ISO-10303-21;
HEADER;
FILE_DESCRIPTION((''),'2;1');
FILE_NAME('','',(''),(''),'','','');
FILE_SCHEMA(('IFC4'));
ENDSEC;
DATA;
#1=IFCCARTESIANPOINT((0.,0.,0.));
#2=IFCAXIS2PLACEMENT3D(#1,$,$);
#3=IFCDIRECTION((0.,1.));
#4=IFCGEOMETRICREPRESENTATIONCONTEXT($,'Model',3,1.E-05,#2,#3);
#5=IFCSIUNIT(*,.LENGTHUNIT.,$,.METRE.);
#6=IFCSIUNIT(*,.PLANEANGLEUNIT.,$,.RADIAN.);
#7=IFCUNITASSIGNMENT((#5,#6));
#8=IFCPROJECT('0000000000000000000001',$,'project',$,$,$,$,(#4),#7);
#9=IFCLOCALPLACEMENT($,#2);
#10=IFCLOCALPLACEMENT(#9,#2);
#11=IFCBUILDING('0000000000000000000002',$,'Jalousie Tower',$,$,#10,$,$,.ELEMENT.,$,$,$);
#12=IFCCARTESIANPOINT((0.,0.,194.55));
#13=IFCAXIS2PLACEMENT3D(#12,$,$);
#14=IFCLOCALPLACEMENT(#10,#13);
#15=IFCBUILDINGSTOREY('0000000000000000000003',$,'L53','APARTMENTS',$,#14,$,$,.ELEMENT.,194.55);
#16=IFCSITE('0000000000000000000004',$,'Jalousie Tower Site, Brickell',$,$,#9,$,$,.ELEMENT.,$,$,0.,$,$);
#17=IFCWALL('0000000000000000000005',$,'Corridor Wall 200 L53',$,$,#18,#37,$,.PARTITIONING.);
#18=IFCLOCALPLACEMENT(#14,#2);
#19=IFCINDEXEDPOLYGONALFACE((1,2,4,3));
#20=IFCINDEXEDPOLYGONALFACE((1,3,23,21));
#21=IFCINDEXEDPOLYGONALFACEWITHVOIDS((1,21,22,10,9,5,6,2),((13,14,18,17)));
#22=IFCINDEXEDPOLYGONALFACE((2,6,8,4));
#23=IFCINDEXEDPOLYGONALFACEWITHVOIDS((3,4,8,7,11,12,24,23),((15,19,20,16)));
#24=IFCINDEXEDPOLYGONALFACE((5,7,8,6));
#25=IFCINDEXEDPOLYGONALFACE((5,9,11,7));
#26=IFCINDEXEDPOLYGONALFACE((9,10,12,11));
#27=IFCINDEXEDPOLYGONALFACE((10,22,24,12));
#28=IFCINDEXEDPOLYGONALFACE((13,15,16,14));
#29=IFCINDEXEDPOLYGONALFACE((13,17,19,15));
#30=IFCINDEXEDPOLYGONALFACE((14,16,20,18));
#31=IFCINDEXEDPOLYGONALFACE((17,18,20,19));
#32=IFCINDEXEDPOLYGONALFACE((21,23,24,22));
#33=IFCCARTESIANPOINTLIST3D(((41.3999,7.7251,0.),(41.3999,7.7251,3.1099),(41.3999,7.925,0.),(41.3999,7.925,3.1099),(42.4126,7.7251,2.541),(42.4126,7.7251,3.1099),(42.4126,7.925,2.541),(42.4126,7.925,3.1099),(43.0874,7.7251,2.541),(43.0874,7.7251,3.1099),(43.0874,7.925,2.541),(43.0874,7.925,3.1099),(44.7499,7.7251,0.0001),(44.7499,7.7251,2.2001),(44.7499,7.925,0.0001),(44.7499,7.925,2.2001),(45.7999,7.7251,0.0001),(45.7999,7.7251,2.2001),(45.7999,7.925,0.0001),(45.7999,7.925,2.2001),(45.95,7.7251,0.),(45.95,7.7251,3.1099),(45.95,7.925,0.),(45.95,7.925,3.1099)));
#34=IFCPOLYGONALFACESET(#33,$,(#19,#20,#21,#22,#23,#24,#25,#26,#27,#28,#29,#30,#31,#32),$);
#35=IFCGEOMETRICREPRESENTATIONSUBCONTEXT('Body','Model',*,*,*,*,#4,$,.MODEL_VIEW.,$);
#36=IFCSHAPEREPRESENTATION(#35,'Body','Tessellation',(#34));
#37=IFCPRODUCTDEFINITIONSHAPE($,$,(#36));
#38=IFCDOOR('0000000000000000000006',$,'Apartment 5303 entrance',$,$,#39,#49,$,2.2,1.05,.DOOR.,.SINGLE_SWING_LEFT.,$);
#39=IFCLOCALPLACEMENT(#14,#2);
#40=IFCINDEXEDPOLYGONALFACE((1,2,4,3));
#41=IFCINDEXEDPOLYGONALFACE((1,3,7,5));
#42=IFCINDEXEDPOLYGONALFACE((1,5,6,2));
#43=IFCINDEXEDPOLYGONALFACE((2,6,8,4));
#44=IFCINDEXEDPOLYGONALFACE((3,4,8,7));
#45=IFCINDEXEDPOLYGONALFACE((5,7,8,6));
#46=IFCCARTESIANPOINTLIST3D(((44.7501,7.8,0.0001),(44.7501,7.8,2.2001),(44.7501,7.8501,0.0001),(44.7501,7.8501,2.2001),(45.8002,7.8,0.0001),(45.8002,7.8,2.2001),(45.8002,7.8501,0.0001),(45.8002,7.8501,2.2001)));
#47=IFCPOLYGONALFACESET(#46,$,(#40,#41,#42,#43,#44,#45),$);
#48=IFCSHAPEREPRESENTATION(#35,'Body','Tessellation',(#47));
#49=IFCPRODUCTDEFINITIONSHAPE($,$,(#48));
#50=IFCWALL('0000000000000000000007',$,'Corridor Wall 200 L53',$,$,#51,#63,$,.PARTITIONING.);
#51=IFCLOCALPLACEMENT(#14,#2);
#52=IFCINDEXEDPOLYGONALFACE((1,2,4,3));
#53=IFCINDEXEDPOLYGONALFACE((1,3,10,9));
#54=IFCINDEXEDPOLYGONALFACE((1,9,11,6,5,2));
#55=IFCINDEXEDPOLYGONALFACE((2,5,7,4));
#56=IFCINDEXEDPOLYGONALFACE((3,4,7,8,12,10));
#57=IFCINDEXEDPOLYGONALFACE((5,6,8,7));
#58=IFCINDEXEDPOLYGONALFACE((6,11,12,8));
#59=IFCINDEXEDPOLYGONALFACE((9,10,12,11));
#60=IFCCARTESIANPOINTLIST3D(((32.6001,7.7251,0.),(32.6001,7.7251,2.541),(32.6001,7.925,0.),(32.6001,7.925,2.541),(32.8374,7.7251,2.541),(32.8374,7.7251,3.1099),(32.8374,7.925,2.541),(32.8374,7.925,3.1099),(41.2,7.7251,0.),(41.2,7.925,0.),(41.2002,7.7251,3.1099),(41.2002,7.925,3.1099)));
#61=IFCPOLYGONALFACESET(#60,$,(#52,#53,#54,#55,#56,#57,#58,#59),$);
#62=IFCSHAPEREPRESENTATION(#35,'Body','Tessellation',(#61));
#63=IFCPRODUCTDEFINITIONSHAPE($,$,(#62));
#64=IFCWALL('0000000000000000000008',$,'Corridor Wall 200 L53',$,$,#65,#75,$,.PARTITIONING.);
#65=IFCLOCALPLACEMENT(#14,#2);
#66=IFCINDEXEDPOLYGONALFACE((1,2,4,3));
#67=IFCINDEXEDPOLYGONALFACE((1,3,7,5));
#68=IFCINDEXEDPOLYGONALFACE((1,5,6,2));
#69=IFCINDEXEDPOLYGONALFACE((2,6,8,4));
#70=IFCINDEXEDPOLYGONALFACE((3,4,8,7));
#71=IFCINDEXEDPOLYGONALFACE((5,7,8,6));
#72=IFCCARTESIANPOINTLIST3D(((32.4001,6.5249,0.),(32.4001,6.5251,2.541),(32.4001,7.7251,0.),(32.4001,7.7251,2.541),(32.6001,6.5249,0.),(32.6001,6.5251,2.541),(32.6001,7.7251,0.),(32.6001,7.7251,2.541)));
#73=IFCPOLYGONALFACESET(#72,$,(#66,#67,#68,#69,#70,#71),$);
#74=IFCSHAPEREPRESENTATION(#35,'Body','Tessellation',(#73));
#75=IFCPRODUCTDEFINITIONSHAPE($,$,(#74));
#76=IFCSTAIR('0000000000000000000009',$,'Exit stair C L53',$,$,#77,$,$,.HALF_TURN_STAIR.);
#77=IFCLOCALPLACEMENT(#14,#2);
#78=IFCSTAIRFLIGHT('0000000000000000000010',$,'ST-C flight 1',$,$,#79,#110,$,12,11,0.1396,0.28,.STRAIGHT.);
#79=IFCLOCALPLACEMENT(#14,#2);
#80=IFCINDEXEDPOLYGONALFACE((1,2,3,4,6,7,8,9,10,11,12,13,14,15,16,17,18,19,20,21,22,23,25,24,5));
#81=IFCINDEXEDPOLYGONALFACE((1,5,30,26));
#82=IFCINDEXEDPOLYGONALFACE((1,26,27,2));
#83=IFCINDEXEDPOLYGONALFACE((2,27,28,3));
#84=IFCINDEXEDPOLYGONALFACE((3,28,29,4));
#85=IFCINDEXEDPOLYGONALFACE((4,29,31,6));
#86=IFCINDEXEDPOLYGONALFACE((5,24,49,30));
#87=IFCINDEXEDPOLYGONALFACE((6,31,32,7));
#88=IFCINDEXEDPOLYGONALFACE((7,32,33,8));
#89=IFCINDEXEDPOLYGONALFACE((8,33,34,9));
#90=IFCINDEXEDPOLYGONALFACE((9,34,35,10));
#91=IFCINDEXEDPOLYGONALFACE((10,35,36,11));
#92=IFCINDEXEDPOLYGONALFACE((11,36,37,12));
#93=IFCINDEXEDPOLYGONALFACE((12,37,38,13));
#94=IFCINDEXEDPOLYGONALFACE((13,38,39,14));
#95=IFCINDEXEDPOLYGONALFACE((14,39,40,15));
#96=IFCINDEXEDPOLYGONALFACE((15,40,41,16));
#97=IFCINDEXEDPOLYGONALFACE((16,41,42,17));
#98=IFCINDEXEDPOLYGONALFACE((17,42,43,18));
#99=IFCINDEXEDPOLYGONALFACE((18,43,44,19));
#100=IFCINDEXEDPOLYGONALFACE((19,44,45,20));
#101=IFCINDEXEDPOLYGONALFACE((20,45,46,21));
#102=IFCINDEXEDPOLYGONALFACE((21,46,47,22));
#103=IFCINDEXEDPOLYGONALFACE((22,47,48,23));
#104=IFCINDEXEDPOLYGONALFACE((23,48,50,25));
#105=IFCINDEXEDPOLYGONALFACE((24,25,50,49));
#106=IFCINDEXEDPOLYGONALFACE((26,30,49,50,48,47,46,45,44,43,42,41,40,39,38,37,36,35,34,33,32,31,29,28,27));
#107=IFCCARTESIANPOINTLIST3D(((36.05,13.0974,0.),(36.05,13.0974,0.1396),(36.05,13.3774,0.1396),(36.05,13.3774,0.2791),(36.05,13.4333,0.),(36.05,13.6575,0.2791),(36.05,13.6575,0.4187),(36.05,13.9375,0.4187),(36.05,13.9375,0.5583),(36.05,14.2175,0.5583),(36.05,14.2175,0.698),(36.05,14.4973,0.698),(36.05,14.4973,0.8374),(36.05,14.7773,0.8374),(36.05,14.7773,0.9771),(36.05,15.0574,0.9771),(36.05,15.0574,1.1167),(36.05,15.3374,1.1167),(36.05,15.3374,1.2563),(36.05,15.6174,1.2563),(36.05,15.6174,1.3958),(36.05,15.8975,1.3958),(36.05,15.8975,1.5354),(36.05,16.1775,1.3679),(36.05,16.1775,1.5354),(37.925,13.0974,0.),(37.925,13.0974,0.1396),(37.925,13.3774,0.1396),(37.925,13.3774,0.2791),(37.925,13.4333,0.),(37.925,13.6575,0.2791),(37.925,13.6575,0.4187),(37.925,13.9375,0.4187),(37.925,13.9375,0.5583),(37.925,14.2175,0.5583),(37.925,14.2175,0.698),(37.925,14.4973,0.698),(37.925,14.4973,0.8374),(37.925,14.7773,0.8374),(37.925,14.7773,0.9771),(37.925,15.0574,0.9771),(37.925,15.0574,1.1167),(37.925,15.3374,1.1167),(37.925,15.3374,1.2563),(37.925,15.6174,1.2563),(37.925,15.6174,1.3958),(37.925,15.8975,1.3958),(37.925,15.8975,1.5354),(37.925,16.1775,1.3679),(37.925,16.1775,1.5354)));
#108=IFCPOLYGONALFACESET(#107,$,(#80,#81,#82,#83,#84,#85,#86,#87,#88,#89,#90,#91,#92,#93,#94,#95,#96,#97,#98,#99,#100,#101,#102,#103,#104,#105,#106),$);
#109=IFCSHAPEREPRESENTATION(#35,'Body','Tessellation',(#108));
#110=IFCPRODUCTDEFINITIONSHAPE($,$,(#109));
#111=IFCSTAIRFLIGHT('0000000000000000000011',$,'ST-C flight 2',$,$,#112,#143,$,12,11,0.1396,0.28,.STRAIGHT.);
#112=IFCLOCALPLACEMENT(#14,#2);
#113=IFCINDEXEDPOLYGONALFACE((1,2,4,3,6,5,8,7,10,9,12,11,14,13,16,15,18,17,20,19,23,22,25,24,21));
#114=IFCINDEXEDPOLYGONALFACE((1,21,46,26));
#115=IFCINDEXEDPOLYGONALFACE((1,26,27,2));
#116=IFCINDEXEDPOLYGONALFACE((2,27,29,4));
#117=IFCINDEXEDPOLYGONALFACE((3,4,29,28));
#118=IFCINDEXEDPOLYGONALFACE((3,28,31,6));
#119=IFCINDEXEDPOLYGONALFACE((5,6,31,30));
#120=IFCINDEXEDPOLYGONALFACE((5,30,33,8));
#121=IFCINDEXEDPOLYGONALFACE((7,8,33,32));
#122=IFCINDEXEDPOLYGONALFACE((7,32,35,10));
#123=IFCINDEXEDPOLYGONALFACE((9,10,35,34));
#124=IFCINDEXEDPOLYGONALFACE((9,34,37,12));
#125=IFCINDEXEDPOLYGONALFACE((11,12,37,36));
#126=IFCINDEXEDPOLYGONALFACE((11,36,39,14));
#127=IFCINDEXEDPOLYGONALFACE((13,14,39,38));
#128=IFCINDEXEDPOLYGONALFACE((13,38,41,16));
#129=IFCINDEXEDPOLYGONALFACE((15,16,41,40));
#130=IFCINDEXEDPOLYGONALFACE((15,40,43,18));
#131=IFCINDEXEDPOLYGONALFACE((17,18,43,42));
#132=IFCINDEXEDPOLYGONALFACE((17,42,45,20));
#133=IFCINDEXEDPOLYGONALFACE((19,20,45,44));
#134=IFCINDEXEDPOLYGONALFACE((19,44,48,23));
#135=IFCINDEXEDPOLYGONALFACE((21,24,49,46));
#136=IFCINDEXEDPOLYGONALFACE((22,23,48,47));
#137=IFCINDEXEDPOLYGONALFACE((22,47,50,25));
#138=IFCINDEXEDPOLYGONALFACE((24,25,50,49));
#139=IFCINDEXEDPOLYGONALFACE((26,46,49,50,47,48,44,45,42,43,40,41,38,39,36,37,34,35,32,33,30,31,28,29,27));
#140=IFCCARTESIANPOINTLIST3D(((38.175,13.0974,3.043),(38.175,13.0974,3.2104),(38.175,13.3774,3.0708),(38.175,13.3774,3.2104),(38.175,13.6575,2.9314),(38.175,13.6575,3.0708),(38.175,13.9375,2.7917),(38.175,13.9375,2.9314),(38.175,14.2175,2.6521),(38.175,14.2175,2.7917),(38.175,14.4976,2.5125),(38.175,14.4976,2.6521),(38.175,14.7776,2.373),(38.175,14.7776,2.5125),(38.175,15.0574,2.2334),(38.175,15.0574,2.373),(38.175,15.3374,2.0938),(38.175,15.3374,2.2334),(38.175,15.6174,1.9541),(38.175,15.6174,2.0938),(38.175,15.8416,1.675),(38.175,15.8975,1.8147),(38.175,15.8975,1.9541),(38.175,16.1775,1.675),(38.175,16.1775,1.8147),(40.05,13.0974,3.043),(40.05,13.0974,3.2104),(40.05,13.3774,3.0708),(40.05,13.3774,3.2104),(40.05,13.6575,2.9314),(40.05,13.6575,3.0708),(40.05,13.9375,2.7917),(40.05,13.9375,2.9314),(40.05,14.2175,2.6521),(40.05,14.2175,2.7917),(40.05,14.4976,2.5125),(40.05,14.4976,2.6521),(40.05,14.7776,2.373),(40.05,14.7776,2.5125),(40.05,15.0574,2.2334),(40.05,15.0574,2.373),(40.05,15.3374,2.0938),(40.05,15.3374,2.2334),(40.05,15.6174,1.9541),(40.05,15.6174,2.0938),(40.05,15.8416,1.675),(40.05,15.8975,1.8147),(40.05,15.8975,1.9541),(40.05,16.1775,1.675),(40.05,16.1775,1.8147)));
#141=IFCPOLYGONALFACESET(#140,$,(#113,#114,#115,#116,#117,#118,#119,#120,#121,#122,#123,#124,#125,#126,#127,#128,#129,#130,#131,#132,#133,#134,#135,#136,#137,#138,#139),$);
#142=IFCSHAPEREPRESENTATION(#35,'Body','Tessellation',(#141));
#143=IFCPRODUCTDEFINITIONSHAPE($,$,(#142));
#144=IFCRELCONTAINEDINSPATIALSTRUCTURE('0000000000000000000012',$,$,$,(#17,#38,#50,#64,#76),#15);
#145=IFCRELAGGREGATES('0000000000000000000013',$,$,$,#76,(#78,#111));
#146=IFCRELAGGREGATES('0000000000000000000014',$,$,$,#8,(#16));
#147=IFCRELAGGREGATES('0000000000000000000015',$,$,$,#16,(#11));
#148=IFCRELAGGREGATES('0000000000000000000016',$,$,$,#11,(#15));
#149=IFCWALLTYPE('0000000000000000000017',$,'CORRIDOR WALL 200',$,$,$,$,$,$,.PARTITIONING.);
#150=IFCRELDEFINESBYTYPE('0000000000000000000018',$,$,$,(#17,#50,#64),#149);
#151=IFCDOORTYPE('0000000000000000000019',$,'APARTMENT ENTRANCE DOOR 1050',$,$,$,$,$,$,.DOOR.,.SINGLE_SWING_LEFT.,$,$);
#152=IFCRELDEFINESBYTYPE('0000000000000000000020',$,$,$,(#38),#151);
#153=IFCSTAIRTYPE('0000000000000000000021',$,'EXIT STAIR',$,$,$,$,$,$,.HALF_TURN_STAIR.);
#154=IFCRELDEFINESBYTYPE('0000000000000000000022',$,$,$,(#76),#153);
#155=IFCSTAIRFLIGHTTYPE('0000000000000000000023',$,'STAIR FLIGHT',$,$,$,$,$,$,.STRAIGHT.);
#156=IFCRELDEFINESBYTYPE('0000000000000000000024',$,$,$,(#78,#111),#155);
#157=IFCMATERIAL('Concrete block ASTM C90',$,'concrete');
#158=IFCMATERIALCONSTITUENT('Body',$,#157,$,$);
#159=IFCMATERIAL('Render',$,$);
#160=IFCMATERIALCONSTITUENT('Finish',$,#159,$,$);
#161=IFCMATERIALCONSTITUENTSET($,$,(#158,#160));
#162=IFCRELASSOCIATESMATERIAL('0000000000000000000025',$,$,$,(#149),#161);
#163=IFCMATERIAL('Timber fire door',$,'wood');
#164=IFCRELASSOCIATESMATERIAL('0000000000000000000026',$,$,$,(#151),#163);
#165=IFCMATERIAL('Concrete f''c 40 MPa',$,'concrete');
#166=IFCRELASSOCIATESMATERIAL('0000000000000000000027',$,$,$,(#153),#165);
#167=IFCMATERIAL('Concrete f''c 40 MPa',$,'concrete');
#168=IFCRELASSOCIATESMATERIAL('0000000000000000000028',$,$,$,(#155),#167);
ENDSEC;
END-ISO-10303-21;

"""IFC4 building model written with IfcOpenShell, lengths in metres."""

from ifc_helpers import new_model, si_unit, direction, frame, frame_2d, origin, place, context, subcontext, project, spatial, polyline, rectangle, outline, extrude, material, constituent, constituent_set, type_object, element, fill, aggregate, save


model = new_model("IFC4")

# Units and contexts
model_context = context("Model", 3, precision=1e-05, world=origin(), true_north=direction((0.0, 1.0)))
body_context = subcontext(model_context, "Body", "Model", "MODEL_VIEW")
ifc_project = project(units=[si_unit("LENGTHUNIT", "METRE"), si_unit("PLANEANGLEUNIT", "RADIAN")], contexts=[model_context])

# Site, building, storey
site_placement = place(None, origin())
site = spatial("IfcSite", under=ifc_project, at=site_placement, Name="Jalousie Tower Site, Brickell", CompositionType="ELEMENT", RefElevation=0.0)
building_placement = place(site_placement, origin())
building = spatial("IfcBuilding", under=site, at=building_placement, Name="Jalousie Tower", CompositionType="ELEMENT")
storey_placement = place(building_placement, frame((0.0, 0.0, 194.55)))
storey = spatial("IfcBuildingStorey", under=building, at=storey_placement, Name="L53", Description="APARTMENTS", CompositionType="ELEMENT", Elevation=194.55)

# Wall, opening, door
ifc_material_1 = material(Name="Concrete block ASTM C90", Category="concrete")
ifc_constituent_1 = constituent(ifc_material_1, Name="Body")
ifc_material_2 = material(Name="Render")
ifc_constituent_2 = constituent(ifc_material_2, Name="Finish")
ifc_constituent_set_1 = constituent_set(constituents=[ifc_constituent_1, ifc_constituent_2])
wall_type_1 = type_object("IfcWallType", Name="CORRIDOR WALL 200", PredefinedType="PARTITIONING", material=ifc_constituent_set_1)
wall_1_placement = place(storey_placement, frame((41.3999, 7.825, 0.0), z_axis=(0.0, 0.0, 1.0), x_axis=(1.0, 0.0, 0.0)))
wall_1 = element("IfcWall", 1, at=wall_1_placement, inside=storey, type_object=wall_type_1, Name="Corridor Wall 200 L53", PredefinedType="PARTITIONING", context=body_context, shape_type="SweptSolid", body=[
    extrude(outline(polyline([(0.0, 0.0), (4.55, 0.0), (4.55, 3.1099), (1.6875, 3.1099), (1.6875, 2.541), (1.0127, 2.541), (1.0127, 3.1099), (0.0, 3.1099), (0.0, 0.0)])), frame((0.0, 0.1001, 0.0), z_axis=(0.0, -1.0, 0.0), x_axis=(1.0, 0.0, 0.0)), (0.0, 0.0, 1.0), 0.2),
])
opening_1_placement = place(wall_1_placement, frame((3.3501, 0.0, 0.0)))
opening_1 = element("IfcOpeningElement", 2, at=opening_1_placement, cuts=wall_1, PredefinedType="OPENING", context=body_context, shape_type="SweptSolid", body=[
    extrude(rectangle(XDim=1.05, YDim=2.2, at=frame_2d((0.5249, 1.1001))), frame((0.0, 0.1099, 0.0), z_axis=(0.0, -1.0, 0.0), x_axis=(1.0, 0.0, 0.0)), (0.0, 0.0, 1.0), 0.22),
])
ifc_material_3 = material(Name="Timber fire door", Category="wood")
door_type_1 = type_object("IfcDoorType", Name="APARTMENT ENTRANCE DOOR 1050", OperationType="SINGLE_SWING_LEFT", PredefinedType="DOOR", material=ifc_material_3)
door_1_placement = place(opening_1_placement, frame((1.05, 0.0, 0.0), z_axis=(0.0, 0.0, 1.0), x_axis=(-1.0, 0.0, 0.0)))
door_1 = element("IfcDoor", 3, at=door_1_placement, inside=storey, type_object=door_type_1, Name="Apartment 5303 entrance", OperationType="SINGLE_SWING_LEFT", OverallHeight=2.2, OverallWidth=1.05, PredefinedType="DOOR", context=body_context, shape_type="SweptSolid", body=[
    extrude(rectangle(XDim=1.05, YDim=2.2, at=frame_2d((0.5249, 1.1001))), frame((0.0, 0.0249, 0.0), z_axis=(0.0, -1.0, 0.0), x_axis=(1.0, 0.0, 0.0)), (0.0, 0.0, 1.0), 0.05),
])
fill(opening_1, door_1)

# Walls
wall_2_placement = place(storey_placement, frame((32.6001, 7.825, 0.0), z_axis=(0.0, 0.0, 1.0), x_axis=(1.0, 0.0, 0.0)))
element("IfcWall", 4, at=wall_2_placement, inside=storey, type_object=wall_type_1, Name="Corridor Wall 200 L53", PredefinedType="PARTITIONING", context=body_context, shape_type="SweptSolid", body=[
    extrude(outline(polyline([(0.0, 0.0), (8.5999, 0.0), (8.6001, 3.1099), (0.2373, 3.1099), (0.2373, 2.541), (0.0, 2.541), (0.0, 3.1099), (0.0, 0.0)])), frame((0.0, 0.1001, 0.0), z_axis=(0.0, -1.0, 0.0), x_axis=(1.0, 0.0, 0.0)), (0.0, 0.0, 1.0), 0.2),
])
wall_3_placement = place(storey_placement, frame((32.5, 7.7251, 0.0), z_axis=(0.0, 0.0, 1.0), x_axis=(0.0, -1.0, 0.0)))
element("IfcWall", 5, at=wall_3_placement, inside=storey, type_object=wall_type_1, Name="Corridor Wall 200 L53", PredefinedType="PARTITIONING", context=body_context, shape_type="SweptSolid", body=[
    extrude(outline(polyline([(0.0, 0.0), (1.2002, 0.0), (1.2, 3.1099), (1.2, 2.541), (0.0, 2.541), (0.0, 3.1099), (0.0, 0.0)])), frame((0.0, 0.1001, 0.0), z_axis=(0.0, -1.0, 0.0), x_axis=(1.0, 0.0, 0.0)), (0.0, 0.0, 1.0), 0.2),
])

# Stair, stair flights
ifc_material_4 = material(Name="Concrete f'c 40 MPa", Category="concrete")
stair_type = type_object("IfcStairType", Name="EXIT STAIR", PredefinedType="HALF_TURN_STAIR", material=ifc_material_4)
stair_placement = place(storey_placement, origin())
stair = element("IfcStair", 6, at=stair_placement, inside=storey, type_object=stair_type, Name="Exit stair C L53", PredefinedType="HALF_TURN_STAIR")
ifc_material_5 = material(Name="Concrete f'c 40 MPa", Category="concrete")
stair_flight_type = type_object("IfcStairFlightType", Name="STAIR FLIGHT", PredefinedType="STRAIGHT", material=ifc_material_5)
stair_flight_1_placement = place(storey_placement, frame((36.9875, 13.0974, 0.0), z_axis=(0.0, 0.0, 1.0), x_axis=(0.0, 1.0, 0.0)))
stair_flight_1 = element("IfcStairFlight", 7, at=stair_flight_1_placement, type_object=stair_flight_type, Name="ST-C flight 1", NumberOfRisers=12, NumberOfTreads=11, PredefinedType="STRAIGHT", RiserHeight=0.1396, TreadLength=0.28, context=body_context, shape_type="SweptSolid", body=[
    extrude(outline(polyline([(0.0, 0.0), (0.0, 0.1396), (0.28, 0.1396), (0.28, 0.2791), (0.5601, 0.2791), (0.5601, 0.4187), (0.8401, 0.4187), (0.8401, 0.5583), (1.1201, 0.5583), (1.1201, 0.698), (1.3999, 0.698), (1.3999, 0.8374), (1.6799, 0.8374), (1.6799, 0.9771), (1.96, 0.9771), (1.96, 1.1167), (2.24, 1.1167), (2.24, 1.2563), (2.52, 1.2563), (2.52, 1.3958), (2.8, 1.3958), (2.8, 1.5354), (3.0801, 1.5354), (3.0801, 1.675), (3.0801, 1.3679), (0.3359, 0.0), (0.0, 0.0)])), frame((0.0, 0.9375, 0.0), z_axis=(0.0, -1.0, 0.0), x_axis=(1.0, 0.0, 0.0)), (0.0, 0.0, 1.0), 1.875),
])
stair_flight_2_placement = place(storey_placement, frame((39.1125, 16.1775, 1.675), z_axis=(0.0, 0.0, 1.0), x_axis=(0.0, -1.0, 0.0)))
stair_flight_2 = element("IfcStairFlight", 8, at=stair_flight_2_placement, type_object=stair_flight_type, Name="ST-C flight 2", NumberOfRisers=12, NumberOfTreads=11, PredefinedType="STRAIGHT", RiserHeight=0.1396, TreadLength=0.28, context=body_context, shape_type="SweptSolid", body=[
    extrude(outline(polyline([(0.0, 0.0), (0.0, 0.1396), (0.28, 0.1396), (0.28, 0.2791), (0.5601, 0.2791), (0.5601, 0.4187), (0.8401, 0.4187), (0.8401, 0.5583), (1.1201, 0.5583), (1.1201, 0.698), (1.3999, 0.698), (1.3999, 0.8374), (1.6799, 0.8374), (1.6799, 0.9771), (1.96, 0.9771), (1.96, 1.1167), (2.24, 1.1167), (2.24, 1.2563), (2.52, 1.2563), (2.52, 1.3958), (2.8, 1.3958), (2.8, 1.5354), (3.0801, 1.5354), (3.0801, 1.675), (3.0801, 1.3679), (0.3359, 0.0), (0.0, 0.0)])), frame((0.0, 0.9375, 0.0), z_axis=(0.0, -1.0, 0.0), x_axis=(1.0, 0.0, 0.0)), (0.0, 0.0, 1.0), 1.875),
])
aggregate(stair, [stair_flight_1, stair_flight_2])

save(model, "model.ifc")
